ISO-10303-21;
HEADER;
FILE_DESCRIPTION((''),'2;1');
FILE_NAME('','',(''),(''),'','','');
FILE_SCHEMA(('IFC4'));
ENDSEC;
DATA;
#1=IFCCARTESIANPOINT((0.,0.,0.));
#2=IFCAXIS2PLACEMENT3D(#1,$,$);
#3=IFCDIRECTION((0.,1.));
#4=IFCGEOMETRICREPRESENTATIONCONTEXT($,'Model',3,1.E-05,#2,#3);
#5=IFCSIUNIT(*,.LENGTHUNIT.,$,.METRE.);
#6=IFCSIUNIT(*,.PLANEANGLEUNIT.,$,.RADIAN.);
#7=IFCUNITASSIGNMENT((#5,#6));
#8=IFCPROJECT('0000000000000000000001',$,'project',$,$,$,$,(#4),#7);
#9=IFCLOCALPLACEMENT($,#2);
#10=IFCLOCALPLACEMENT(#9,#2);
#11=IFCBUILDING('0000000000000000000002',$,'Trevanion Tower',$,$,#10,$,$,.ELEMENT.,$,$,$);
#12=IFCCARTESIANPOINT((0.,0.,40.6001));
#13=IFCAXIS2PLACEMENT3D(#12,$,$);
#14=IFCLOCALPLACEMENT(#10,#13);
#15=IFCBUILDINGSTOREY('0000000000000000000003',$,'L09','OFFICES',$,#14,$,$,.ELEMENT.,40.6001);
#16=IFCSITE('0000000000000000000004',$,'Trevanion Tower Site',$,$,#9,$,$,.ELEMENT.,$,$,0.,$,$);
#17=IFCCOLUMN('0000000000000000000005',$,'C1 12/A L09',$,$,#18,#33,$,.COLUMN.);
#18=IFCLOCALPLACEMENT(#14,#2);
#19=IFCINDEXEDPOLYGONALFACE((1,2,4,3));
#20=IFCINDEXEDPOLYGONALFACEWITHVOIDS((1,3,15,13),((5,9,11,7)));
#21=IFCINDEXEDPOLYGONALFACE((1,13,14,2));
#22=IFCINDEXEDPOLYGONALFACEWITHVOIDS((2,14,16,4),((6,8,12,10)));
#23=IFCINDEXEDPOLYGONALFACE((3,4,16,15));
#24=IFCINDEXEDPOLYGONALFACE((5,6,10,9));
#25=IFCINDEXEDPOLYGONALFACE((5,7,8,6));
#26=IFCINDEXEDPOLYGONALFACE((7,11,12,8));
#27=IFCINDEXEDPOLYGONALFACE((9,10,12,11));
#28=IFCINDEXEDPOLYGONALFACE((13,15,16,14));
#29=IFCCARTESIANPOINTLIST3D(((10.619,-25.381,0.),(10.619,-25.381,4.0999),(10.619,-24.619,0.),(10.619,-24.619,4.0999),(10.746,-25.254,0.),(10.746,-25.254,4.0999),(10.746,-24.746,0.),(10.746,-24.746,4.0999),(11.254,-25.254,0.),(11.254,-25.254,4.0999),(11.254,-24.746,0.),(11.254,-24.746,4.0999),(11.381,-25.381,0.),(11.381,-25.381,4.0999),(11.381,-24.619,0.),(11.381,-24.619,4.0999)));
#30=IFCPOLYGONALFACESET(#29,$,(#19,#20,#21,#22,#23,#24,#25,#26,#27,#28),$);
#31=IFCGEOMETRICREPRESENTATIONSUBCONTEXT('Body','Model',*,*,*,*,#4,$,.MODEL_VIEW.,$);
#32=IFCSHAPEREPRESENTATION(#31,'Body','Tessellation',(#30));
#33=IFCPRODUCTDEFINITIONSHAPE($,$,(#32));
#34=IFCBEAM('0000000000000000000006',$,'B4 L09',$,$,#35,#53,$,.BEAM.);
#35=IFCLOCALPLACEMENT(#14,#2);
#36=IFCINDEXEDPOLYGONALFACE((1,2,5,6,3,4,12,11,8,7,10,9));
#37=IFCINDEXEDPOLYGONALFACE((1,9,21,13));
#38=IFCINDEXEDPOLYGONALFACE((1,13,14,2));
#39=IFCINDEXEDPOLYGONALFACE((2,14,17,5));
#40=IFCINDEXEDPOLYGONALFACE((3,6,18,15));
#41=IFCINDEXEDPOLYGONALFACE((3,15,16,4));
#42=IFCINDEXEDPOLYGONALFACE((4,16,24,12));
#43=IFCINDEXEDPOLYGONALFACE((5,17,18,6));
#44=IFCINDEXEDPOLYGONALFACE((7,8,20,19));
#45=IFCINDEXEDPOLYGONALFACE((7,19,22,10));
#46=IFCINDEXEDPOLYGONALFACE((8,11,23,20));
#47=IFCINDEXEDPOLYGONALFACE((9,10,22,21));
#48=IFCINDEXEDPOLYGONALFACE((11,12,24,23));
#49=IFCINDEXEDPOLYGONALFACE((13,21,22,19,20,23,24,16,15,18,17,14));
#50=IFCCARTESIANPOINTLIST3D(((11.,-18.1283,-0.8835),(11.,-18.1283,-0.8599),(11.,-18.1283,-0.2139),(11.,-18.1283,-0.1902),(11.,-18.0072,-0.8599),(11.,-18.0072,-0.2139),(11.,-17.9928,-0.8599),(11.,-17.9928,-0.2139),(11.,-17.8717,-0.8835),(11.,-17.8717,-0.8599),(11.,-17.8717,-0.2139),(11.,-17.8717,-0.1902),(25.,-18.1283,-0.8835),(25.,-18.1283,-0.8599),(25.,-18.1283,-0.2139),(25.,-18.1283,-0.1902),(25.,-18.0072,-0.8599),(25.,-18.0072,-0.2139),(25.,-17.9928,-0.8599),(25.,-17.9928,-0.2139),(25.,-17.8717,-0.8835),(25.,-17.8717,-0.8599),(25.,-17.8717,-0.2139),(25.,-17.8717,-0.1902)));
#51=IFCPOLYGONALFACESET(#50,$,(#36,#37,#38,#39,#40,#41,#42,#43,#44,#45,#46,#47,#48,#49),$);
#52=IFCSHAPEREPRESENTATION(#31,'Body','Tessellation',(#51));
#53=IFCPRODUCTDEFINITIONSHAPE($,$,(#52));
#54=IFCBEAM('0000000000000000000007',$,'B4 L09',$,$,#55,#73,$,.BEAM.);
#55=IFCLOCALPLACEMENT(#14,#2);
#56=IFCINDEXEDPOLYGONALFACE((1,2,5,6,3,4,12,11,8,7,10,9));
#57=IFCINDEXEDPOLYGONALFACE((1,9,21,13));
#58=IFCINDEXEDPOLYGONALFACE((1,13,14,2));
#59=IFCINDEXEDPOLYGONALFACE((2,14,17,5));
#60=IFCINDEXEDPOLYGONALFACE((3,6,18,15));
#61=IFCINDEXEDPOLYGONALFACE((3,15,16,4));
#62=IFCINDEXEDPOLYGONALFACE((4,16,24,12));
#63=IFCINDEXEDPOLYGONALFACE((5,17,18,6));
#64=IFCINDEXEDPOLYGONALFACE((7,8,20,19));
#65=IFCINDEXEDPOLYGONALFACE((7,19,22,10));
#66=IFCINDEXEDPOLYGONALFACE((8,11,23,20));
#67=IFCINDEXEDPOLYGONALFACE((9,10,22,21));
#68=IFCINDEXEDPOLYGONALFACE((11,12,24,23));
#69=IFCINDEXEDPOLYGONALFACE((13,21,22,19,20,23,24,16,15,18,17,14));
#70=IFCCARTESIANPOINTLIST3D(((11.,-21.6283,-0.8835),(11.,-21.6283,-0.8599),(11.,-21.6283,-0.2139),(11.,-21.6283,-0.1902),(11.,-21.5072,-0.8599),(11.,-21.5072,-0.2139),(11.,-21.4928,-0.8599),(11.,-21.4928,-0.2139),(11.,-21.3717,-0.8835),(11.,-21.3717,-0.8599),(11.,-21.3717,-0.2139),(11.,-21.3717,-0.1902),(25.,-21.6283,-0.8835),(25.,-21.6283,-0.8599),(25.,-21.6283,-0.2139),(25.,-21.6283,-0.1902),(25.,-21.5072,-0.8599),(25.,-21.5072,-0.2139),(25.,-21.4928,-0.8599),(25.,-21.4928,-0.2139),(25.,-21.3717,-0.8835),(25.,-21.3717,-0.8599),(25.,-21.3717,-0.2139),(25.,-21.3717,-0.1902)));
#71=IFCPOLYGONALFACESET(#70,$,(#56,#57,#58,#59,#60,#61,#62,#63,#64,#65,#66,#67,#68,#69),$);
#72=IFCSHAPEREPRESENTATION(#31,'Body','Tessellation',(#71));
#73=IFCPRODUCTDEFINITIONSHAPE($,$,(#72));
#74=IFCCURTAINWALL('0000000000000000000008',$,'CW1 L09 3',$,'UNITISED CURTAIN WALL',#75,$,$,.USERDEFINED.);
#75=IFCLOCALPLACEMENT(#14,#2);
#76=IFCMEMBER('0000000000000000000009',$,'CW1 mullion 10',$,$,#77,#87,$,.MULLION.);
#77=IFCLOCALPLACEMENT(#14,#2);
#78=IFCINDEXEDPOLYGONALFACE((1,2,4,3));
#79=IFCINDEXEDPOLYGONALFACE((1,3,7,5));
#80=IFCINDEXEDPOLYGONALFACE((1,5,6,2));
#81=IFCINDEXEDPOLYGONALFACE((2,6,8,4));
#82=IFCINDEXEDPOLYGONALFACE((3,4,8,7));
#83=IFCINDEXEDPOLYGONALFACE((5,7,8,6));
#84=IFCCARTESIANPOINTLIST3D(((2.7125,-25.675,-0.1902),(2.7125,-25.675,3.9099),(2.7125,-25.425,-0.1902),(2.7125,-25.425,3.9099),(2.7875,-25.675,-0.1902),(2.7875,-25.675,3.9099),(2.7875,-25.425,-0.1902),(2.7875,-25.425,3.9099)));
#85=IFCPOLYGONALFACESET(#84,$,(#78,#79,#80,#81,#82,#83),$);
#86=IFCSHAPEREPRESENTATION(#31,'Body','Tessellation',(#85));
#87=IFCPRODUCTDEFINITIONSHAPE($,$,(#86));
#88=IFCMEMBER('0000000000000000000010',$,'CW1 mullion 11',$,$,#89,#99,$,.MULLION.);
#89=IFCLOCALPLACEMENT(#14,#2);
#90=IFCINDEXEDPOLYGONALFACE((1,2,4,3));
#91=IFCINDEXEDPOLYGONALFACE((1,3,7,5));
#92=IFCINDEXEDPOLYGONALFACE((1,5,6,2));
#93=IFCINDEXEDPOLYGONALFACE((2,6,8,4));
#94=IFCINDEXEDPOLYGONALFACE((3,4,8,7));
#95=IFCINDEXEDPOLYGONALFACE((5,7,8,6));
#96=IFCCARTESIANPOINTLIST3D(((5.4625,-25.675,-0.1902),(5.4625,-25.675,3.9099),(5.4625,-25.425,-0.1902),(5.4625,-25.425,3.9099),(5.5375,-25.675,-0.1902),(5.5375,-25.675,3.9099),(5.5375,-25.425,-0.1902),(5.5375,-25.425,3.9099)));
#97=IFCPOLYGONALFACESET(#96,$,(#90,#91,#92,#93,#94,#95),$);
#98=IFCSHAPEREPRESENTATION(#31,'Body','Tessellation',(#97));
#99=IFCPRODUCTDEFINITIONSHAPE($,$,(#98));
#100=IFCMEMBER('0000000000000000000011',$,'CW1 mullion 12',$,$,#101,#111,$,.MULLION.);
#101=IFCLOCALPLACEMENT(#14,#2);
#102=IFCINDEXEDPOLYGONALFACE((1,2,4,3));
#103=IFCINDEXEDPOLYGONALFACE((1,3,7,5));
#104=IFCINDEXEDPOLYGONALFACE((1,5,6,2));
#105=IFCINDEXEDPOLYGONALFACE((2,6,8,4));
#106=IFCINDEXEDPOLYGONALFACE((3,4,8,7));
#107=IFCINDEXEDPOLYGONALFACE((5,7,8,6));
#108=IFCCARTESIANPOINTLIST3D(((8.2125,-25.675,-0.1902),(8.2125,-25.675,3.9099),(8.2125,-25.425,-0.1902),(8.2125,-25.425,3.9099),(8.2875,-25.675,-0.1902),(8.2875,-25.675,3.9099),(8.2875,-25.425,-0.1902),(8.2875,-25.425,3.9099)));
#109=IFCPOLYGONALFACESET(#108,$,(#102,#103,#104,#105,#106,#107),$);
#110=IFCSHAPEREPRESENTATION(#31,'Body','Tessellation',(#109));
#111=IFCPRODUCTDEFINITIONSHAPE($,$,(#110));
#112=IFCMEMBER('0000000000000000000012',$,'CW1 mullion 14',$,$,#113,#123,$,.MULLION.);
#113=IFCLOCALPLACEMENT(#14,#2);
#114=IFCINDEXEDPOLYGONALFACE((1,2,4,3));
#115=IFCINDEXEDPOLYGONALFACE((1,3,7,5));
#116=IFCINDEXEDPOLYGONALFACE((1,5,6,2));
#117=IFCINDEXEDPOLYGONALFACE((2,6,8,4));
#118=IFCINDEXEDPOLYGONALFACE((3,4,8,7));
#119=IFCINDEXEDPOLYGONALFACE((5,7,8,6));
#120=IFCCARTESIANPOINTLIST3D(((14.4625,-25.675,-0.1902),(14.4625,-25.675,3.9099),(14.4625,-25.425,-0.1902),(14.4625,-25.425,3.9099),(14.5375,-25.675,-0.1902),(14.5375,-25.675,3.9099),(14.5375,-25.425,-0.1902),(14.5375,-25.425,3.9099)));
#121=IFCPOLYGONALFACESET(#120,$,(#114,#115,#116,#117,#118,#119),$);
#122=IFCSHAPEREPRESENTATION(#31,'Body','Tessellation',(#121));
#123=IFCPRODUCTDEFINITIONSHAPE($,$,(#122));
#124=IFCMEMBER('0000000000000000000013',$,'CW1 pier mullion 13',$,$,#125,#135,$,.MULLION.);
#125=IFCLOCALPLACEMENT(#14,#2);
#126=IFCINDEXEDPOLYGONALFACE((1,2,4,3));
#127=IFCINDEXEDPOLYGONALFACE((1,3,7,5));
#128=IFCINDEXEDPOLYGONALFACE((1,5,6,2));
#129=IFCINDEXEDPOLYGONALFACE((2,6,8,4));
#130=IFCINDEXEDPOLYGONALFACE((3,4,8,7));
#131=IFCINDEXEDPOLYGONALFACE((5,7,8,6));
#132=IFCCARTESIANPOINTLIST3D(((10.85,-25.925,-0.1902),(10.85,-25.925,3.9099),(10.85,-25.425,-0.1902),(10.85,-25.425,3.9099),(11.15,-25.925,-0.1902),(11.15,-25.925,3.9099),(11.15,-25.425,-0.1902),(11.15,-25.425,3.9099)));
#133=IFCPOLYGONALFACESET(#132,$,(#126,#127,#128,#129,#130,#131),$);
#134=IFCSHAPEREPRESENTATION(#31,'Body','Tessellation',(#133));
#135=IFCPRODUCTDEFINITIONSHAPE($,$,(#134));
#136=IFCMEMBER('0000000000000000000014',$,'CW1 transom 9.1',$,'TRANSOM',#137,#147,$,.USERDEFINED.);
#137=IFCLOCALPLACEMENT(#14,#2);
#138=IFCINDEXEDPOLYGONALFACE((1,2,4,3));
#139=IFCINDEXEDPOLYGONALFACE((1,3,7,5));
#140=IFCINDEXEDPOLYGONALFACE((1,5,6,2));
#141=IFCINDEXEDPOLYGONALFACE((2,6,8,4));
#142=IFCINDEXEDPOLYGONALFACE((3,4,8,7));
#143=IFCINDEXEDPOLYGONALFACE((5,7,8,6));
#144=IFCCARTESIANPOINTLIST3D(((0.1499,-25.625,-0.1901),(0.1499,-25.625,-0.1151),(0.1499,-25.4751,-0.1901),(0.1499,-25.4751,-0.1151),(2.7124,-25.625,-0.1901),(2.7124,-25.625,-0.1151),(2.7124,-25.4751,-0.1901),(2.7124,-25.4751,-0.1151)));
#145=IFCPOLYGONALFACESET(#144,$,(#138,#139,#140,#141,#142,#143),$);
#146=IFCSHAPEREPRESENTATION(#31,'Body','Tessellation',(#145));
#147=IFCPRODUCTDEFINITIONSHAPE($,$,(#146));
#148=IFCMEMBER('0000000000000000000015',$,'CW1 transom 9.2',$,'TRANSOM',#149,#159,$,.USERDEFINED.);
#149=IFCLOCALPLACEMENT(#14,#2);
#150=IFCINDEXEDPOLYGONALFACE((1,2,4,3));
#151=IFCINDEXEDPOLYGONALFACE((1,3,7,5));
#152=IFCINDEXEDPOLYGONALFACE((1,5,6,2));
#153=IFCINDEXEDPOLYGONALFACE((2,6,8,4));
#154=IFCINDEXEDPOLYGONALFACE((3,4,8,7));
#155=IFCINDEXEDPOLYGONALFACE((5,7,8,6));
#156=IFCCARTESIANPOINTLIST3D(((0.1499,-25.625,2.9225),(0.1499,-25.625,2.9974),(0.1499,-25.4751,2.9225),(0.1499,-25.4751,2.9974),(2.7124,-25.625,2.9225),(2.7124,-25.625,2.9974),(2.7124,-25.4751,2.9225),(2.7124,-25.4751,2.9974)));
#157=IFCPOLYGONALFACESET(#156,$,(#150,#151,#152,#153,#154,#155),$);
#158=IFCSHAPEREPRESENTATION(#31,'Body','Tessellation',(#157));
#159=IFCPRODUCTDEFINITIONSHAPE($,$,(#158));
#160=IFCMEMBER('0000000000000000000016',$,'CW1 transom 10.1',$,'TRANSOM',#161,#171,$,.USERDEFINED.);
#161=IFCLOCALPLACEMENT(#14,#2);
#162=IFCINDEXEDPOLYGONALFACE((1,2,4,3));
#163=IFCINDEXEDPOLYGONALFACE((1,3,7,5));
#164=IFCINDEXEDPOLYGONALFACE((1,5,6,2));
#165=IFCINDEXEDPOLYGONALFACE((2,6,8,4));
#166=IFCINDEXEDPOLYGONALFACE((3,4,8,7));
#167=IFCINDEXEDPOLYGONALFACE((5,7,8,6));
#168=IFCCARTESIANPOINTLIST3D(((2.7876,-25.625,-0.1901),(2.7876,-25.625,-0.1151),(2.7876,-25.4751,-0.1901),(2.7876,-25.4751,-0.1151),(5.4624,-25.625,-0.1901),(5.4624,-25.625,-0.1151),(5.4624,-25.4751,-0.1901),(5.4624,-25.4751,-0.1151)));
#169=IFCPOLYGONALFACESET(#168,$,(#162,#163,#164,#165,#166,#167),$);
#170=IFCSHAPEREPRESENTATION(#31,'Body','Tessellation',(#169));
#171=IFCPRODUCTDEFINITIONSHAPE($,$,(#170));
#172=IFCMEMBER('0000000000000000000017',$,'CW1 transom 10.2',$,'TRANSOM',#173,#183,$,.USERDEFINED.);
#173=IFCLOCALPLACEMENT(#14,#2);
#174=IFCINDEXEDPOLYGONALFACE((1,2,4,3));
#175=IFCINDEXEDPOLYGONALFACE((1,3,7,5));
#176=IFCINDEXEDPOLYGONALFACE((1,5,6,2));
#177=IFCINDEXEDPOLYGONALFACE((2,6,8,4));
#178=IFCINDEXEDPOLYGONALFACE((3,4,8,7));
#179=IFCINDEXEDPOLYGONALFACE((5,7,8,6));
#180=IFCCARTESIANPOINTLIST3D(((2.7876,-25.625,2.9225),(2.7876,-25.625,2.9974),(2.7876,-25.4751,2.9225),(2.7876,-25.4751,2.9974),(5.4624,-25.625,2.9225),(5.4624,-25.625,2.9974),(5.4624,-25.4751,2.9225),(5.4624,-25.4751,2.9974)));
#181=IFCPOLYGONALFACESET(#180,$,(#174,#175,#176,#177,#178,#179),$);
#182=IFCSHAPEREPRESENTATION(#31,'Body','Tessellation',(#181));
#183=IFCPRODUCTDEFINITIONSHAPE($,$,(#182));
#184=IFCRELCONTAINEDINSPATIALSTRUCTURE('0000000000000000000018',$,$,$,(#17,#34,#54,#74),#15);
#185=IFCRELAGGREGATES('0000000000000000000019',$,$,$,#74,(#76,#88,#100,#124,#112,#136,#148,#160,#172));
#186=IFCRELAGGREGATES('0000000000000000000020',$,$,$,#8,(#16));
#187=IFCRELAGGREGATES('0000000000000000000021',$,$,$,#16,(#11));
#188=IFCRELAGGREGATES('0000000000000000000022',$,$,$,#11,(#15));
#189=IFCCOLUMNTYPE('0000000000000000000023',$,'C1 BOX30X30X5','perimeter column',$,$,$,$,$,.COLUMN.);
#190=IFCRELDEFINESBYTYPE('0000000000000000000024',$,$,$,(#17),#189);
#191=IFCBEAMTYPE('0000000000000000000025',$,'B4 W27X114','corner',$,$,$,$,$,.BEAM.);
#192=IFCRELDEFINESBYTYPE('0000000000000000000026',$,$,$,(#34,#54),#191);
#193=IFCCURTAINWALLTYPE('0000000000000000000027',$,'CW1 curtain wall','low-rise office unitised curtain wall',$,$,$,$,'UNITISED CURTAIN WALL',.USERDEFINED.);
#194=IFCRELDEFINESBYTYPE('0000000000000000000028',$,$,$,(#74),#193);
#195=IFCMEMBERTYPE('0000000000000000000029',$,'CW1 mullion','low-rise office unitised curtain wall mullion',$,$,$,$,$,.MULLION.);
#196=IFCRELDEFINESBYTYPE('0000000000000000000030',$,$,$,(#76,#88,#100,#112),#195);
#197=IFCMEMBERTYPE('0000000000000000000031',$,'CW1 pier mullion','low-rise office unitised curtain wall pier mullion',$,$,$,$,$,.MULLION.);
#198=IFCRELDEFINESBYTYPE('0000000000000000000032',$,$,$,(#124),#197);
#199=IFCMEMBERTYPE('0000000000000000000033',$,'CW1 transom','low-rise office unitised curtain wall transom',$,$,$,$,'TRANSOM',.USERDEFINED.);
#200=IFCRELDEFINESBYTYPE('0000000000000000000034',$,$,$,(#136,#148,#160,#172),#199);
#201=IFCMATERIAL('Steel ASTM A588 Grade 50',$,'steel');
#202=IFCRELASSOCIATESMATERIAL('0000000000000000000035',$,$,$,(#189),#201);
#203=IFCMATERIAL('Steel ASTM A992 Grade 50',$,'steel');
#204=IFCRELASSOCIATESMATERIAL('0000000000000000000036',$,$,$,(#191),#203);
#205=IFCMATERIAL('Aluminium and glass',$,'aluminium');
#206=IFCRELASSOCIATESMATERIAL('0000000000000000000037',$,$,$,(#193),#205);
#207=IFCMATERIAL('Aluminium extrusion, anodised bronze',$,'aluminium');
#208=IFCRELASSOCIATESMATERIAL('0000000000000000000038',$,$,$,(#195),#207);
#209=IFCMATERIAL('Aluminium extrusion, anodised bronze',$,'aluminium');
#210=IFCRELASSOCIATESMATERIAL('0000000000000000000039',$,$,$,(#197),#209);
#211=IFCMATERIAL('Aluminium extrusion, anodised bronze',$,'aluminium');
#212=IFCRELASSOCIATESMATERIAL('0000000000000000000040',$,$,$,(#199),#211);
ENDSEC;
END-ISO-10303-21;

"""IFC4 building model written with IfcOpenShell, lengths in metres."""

from ifc_helpers import new_model, si_unit, direction, frame, origin, origin_2d, place, context, subcontext, project, spatial, rectangle, hollow_rectangle, i_section, extrude, material, material_profile, profile_set, type_object, element, aggregate, save


model = new_model("IFC4")

# Units and contexts
model_context = context("Model", 3, precision=1e-05, world=origin(), true_north=direction((0.0, 1.0)))
body_context = subcontext(model_context, "Body", "Model", "MODEL_VIEW")
ifc_project = project(units=[si_unit("LENGTHUNIT", "METRE"), si_unit("PLANEANGLEUNIT", "RADIAN")], contexts=[model_context])

# Site, building, storey
site_placement = place(None, origin())
site = spatial("IfcSite", under=ifc_project, at=site_placement, Name="Trevanion Tower Site", CompositionType="ELEMENT", RefElevation=0.0)
building_placement = place(site_placement, origin())
building = spatial("IfcBuilding", under=site, at=building_placement, Name="Trevanion Tower", CompositionType="ELEMENT")
storey_placement = place(building_placement, frame((0.0, 0.0, 40.6001)))
storey = spatial("IfcBuildingStorey", under=building, at=storey_placement, Name="L09", Description="OFFICES", CompositionType="ELEMENT", Elevation=40.6001)

# Column
ifc_material_1 = material(Name="Steel ASTM A588 Grade 50", Category="steel")
ifc_material_profile_1 = material_profile(ifc_material_1, hollow_rectangle(XDim=0.762, YDim=0.762, WallThickness=0.127, at=origin_2d()), Name="BOX30X30X5")
ifc_profile_set_1 = profile_set([ifc_material_profile_1], Name="Steel ASTM A588 Grade 50")
column_type = type_object("IfcColumnType", Name="C1 BOX30X30X5", Description="perimeter column", PredefinedType="COLUMN", material=ifc_profile_set_1)
column_placement = place(storey_placement, frame((11.0, -25.0, 0.0), z_axis=(0.0, 0.0, 1.0), x_axis=(1.0, 0.0, 0.0)))
element("IfcColumn", 1, at=column_placement, inside=storey, type_object=column_type, Name="C1 12/A L09", PredefinedType="COLUMN", context=body_context, shape_type="SweptSolid", body=[
    extrude(hollow_rectangle(XDim=0.762, YDim=0.762, WallThickness=0.127, at=origin_2d()), origin(), (0.0, 0.0, 1.0), 4.0999),
])

# Beams
ifc_material_2 = material(Name="Steel ASTM A992 Grade 50", Category="steel")
ifc_material_profile_2 = material_profile(ifc_material_2, i_section(OverallWidth=0.2566, OverallDepth=0.6934, WebThickness=0.0144, FlangeThickness=0.0237, at=origin_2d()), Name="W27X114")
ifc_profile_set_2 = profile_set([ifc_material_profile_2], Name="Steel ASTM A992 Grade 50")
beam_type_1 = type_object("IfcBeamType", Name="B4 W27X114", Description="corner", PredefinedType="BEAM", material=ifc_profile_set_2)
for number, where, z_axis, x_axis, name in (
    (2, (11.0, -18.0, -0.5369), (1.0, 0.0, 0.0), (0.0, 1.0, 0.0), "B4 L09"),
    (3, (11.0, -21.5, -0.5369), (1.0, 0.0, 0.0), (0.0, 1.0, 0.0), "B4 L09"),
):
    element("IfcBeam", number, at=place(storey_placement, frame(where, z_axis=z_axis, x_axis=x_axis)), inside=storey, type_object=beam_type_1, Name=name, PredefinedType="BEAM", context=body_context, shape_type="SweptSolid", body=[
        extrude(i_section(OverallWidth=0.2566, OverallDepth=0.6934, WebThickness=0.0144, FlangeThickness=0.0237, at=origin_2d()), origin(), (0.0, 0.0, 1.0), 14.0),
    ])

# Curtain wall, members
ifc_material_3 = material(Name="Aluminium and glass", Category="aluminium")
curtain_wall_type = type_object("IfcCurtainWallType", Name="CW1 curtain wall", Description="low-rise office unitised curtain wall", ElementType="UNITISED CURTAIN WALL", PredefinedType="USERDEFINED", material=ifc_material_3)
curtain_wall_placement = place(storey_placement, origin())
curtain_wall = element("IfcCurtainWall", 4, at=curtain_wall_placement, inside=storey, type_object=curtain_wall_type, Name="CW1 L09 3", ObjectType="UNITISED CURTAIN WALL", PredefinedType="USERDEFINED")
ifc_material_4 = material(Name="Aluminium extrusion, anodised bronze", Category="aluminium")
ifc_material_profile_3 = material_profile(ifc_material_4, rectangle(XDim=0.075, YDim=0.25, at=origin_2d()), Name="CW1 mullion")
ifc_profile_set_3 = profile_set([ifc_material_profile_3], Name="Aluminium extrusion, anodised bronze")
member_type_1 = type_object("IfcMemberType", Name="CW1 mullion", Description="low-rise office unitised curtain wall mullion", PredefinedType="MULLION", material=ifc_profile_set_3)
member_1_placement = place(storey_placement, frame((2.75, -25.55, -0.1902), z_axis=(0.0, 0.0, 1.0), x_axis=(1.0, 0.0, 0.0)))
member_1 = element("IfcMember", 5, at=member_1_placement, type_object=member_type_1, Name="CW1 mullion 10", PredefinedType="MULLION", context=body_context, shape_type="SweptSolid", body=[
    extrude(rectangle(XDim=0.075, YDim=0.25, at=origin_2d()), origin(), (0.0, 0.0, 1.0), 4.1001),
])
member_2_placement = place(storey_placement, frame((5.5, -25.55, -0.1902), z_axis=(0.0, 0.0, 1.0), x_axis=(1.0, 0.0, 0.0)))
member_2 = element("IfcMember", 6, at=member_2_placement, type_object=member_type_1, Name="CW1 mullion 11", PredefinedType="MULLION", context=body_context, shape_type="SweptSolid", body=[
    extrude(rectangle(XDim=0.075, YDim=0.25, at=origin_2d()), origin(), (0.0, 0.0, 1.0), 4.1001),
])
member_3_placement = place(storey_placement, frame((8.25, -25.55, -0.1902), z_axis=(0.0, 0.0, 1.0), x_axis=(1.0, 0.0, 0.0)))
member_3 = element("IfcMember", 7, at=member_3_placement, type_object=member_type_1, Name="CW1 mullion 12", PredefinedType="MULLION", context=body_context, shape_type="SweptSolid", body=[
    extrude(rectangle(XDim=0.075, YDim=0.25, at=origin_2d()), origin(), (0.0, 0.0, 1.0), 4.1001),
])
member_4_placement = place(storey_placement, frame((14.5, -25.55, -0.1902), z_axis=(0.0, 0.0, 1.0), x_axis=(1.0, 0.0, 0.0)))
member_4 = element("IfcMember", 8, at=member_4_placement, type_object=member_type_1, Name="CW1 mullion 14", PredefinedType="MULLION", context=body_context, shape_type="SweptSolid", body=[
    extrude(rectangle(XDim=0.075, YDim=0.25, at=origin_2d()), origin(), (0.0, 0.0, 1.0), 4.1001),
])
ifc_material_5 = material(Name="Aluminium extrusion, anodised bronze", Category="aluminium")
ifc_material_profile_4 = material_profile(ifc_material_5, rectangle(XDim=0.3, YDim=0.5, at=origin_2d()), Name="CW1 pier mullion")
ifc_profile_set_4 = profile_set([ifc_material_profile_4], Name="Aluminium extrusion, anodised bronze")
member_type_2 = type_object("IfcMemberType", Name="CW1 pier mullion", Description="low-rise office unitised curtain wall pier mullion", PredefinedType="MULLION", material=ifc_profile_set_4)
member_5_placement = place(storey_placement, frame((11.0, -25.675, -0.1902), z_axis=(0.0, 0.0, 1.0), x_axis=(1.0, 0.0, 0.0)))
member_5 = element("IfcMember", 9, at=member_5_placement, type_object=member_type_2, Name="CW1 pier mullion 13", PredefinedType="MULLION", context=body_context, shape_type="SweptSolid", body=[
    extrude(rectangle(XDim=0.3, YDim=0.5, at=origin_2d()), origin(), (0.0, 0.0, 1.0), 4.1001),
])
ifc_material_6 = material(Name="Aluminium extrusion, anodised bronze", Category="aluminium")
ifc_material_profile_5 = material_profile(ifc_material_6, rectangle(XDim=0.1499, YDim=0.075, at=origin_2d()), Name="CW1 transom")
ifc_profile_set_5 = profile_set([ifc_material_profile_5], Name="Aluminium extrusion, anodised bronze")
member_type_3 = type_object("IfcMemberType", Name="CW1 transom", Description="low-rise office unitised curtain wall transom", ElementType="TRANSOM", PredefinedType="USERDEFINED", material=ifc_profile_set_5)
member_6_placement = place(storey_placement, frame((0.1499, -25.55, -0.1526), z_axis=(1.0, 0.0, 0.0), x_axis=(0.0, 1.0, 0.0)))
member_6 = element("IfcMember", 10, at=member_6_placement, type_object=member_type_3, Name="CW1 transom 9.1", ObjectType="TRANSOM", PredefinedType="USERDEFINED", context=body_context, shape_type="SweptSolid", body=[
    extrude(rectangle(XDim=0.1499, YDim=0.075, at=origin_2d()), origin(), (0.0, 0.0, 1.0), 2.5625),
])
member_7_placement = place(storey_placement, frame((0.1499, -25.55, 2.96), z_axis=(1.0, 0.0, 0.0), x_axis=(0.0, 1.0, 0.0)))
member_7 = element("IfcMember", 11, at=member_7_placement, type_object=member_type_3, Name="CW1 transom 9.2", ObjectType="TRANSOM", PredefinedType="USERDEFINED", context=body_context, shape_type="SweptSolid", body=[
    extrude(rectangle(XDim=0.1499, YDim=0.075, at=origin_2d()), origin(), (0.0, 0.0, 1.0), 2.5625),
])
member_8_placement = place(storey_placement, frame((2.7876, -25.55, -0.1526), z_axis=(1.0, 0.0, 0.0), x_axis=(0.0, 1.0, 0.0)))
member_8 = element("IfcMember", 12, at=member_8_placement, type_object=member_type_3, Name="CW1 transom 10.1", ObjectType="TRANSOM", PredefinedType="USERDEFINED", context=body_context, shape_type="SweptSolid", body=[
    extrude(rectangle(XDim=0.1499, YDim=0.075, at=origin_2d()), origin(), (0.0, 0.0, 1.0), 2.6748),
])
member_9_placement = place(storey_placement, frame((2.7876, -25.55, 2.96), z_axis=(1.0, 0.0, 0.0), x_axis=(0.0, 1.0, 0.0)))
member_9 = element("IfcMember", 13, at=member_9_placement, type_object=member_type_3, Name="CW1 transom 10.2", ObjectType="TRANSOM", PredefinedType="USERDEFINED", context=body_context, shape_type="SweptSolid", body=[
    extrude(rectangle(XDim=0.1499, YDim=0.075, at=origin_2d()), origin(), (0.0, 0.0, 1.0), 2.6748),
])

aggregate(curtain_wall, [member_1, member_2, member_3, member_5, member_4, member_6, member_7, member_8, member_9])

save(model, "model.ifc")
